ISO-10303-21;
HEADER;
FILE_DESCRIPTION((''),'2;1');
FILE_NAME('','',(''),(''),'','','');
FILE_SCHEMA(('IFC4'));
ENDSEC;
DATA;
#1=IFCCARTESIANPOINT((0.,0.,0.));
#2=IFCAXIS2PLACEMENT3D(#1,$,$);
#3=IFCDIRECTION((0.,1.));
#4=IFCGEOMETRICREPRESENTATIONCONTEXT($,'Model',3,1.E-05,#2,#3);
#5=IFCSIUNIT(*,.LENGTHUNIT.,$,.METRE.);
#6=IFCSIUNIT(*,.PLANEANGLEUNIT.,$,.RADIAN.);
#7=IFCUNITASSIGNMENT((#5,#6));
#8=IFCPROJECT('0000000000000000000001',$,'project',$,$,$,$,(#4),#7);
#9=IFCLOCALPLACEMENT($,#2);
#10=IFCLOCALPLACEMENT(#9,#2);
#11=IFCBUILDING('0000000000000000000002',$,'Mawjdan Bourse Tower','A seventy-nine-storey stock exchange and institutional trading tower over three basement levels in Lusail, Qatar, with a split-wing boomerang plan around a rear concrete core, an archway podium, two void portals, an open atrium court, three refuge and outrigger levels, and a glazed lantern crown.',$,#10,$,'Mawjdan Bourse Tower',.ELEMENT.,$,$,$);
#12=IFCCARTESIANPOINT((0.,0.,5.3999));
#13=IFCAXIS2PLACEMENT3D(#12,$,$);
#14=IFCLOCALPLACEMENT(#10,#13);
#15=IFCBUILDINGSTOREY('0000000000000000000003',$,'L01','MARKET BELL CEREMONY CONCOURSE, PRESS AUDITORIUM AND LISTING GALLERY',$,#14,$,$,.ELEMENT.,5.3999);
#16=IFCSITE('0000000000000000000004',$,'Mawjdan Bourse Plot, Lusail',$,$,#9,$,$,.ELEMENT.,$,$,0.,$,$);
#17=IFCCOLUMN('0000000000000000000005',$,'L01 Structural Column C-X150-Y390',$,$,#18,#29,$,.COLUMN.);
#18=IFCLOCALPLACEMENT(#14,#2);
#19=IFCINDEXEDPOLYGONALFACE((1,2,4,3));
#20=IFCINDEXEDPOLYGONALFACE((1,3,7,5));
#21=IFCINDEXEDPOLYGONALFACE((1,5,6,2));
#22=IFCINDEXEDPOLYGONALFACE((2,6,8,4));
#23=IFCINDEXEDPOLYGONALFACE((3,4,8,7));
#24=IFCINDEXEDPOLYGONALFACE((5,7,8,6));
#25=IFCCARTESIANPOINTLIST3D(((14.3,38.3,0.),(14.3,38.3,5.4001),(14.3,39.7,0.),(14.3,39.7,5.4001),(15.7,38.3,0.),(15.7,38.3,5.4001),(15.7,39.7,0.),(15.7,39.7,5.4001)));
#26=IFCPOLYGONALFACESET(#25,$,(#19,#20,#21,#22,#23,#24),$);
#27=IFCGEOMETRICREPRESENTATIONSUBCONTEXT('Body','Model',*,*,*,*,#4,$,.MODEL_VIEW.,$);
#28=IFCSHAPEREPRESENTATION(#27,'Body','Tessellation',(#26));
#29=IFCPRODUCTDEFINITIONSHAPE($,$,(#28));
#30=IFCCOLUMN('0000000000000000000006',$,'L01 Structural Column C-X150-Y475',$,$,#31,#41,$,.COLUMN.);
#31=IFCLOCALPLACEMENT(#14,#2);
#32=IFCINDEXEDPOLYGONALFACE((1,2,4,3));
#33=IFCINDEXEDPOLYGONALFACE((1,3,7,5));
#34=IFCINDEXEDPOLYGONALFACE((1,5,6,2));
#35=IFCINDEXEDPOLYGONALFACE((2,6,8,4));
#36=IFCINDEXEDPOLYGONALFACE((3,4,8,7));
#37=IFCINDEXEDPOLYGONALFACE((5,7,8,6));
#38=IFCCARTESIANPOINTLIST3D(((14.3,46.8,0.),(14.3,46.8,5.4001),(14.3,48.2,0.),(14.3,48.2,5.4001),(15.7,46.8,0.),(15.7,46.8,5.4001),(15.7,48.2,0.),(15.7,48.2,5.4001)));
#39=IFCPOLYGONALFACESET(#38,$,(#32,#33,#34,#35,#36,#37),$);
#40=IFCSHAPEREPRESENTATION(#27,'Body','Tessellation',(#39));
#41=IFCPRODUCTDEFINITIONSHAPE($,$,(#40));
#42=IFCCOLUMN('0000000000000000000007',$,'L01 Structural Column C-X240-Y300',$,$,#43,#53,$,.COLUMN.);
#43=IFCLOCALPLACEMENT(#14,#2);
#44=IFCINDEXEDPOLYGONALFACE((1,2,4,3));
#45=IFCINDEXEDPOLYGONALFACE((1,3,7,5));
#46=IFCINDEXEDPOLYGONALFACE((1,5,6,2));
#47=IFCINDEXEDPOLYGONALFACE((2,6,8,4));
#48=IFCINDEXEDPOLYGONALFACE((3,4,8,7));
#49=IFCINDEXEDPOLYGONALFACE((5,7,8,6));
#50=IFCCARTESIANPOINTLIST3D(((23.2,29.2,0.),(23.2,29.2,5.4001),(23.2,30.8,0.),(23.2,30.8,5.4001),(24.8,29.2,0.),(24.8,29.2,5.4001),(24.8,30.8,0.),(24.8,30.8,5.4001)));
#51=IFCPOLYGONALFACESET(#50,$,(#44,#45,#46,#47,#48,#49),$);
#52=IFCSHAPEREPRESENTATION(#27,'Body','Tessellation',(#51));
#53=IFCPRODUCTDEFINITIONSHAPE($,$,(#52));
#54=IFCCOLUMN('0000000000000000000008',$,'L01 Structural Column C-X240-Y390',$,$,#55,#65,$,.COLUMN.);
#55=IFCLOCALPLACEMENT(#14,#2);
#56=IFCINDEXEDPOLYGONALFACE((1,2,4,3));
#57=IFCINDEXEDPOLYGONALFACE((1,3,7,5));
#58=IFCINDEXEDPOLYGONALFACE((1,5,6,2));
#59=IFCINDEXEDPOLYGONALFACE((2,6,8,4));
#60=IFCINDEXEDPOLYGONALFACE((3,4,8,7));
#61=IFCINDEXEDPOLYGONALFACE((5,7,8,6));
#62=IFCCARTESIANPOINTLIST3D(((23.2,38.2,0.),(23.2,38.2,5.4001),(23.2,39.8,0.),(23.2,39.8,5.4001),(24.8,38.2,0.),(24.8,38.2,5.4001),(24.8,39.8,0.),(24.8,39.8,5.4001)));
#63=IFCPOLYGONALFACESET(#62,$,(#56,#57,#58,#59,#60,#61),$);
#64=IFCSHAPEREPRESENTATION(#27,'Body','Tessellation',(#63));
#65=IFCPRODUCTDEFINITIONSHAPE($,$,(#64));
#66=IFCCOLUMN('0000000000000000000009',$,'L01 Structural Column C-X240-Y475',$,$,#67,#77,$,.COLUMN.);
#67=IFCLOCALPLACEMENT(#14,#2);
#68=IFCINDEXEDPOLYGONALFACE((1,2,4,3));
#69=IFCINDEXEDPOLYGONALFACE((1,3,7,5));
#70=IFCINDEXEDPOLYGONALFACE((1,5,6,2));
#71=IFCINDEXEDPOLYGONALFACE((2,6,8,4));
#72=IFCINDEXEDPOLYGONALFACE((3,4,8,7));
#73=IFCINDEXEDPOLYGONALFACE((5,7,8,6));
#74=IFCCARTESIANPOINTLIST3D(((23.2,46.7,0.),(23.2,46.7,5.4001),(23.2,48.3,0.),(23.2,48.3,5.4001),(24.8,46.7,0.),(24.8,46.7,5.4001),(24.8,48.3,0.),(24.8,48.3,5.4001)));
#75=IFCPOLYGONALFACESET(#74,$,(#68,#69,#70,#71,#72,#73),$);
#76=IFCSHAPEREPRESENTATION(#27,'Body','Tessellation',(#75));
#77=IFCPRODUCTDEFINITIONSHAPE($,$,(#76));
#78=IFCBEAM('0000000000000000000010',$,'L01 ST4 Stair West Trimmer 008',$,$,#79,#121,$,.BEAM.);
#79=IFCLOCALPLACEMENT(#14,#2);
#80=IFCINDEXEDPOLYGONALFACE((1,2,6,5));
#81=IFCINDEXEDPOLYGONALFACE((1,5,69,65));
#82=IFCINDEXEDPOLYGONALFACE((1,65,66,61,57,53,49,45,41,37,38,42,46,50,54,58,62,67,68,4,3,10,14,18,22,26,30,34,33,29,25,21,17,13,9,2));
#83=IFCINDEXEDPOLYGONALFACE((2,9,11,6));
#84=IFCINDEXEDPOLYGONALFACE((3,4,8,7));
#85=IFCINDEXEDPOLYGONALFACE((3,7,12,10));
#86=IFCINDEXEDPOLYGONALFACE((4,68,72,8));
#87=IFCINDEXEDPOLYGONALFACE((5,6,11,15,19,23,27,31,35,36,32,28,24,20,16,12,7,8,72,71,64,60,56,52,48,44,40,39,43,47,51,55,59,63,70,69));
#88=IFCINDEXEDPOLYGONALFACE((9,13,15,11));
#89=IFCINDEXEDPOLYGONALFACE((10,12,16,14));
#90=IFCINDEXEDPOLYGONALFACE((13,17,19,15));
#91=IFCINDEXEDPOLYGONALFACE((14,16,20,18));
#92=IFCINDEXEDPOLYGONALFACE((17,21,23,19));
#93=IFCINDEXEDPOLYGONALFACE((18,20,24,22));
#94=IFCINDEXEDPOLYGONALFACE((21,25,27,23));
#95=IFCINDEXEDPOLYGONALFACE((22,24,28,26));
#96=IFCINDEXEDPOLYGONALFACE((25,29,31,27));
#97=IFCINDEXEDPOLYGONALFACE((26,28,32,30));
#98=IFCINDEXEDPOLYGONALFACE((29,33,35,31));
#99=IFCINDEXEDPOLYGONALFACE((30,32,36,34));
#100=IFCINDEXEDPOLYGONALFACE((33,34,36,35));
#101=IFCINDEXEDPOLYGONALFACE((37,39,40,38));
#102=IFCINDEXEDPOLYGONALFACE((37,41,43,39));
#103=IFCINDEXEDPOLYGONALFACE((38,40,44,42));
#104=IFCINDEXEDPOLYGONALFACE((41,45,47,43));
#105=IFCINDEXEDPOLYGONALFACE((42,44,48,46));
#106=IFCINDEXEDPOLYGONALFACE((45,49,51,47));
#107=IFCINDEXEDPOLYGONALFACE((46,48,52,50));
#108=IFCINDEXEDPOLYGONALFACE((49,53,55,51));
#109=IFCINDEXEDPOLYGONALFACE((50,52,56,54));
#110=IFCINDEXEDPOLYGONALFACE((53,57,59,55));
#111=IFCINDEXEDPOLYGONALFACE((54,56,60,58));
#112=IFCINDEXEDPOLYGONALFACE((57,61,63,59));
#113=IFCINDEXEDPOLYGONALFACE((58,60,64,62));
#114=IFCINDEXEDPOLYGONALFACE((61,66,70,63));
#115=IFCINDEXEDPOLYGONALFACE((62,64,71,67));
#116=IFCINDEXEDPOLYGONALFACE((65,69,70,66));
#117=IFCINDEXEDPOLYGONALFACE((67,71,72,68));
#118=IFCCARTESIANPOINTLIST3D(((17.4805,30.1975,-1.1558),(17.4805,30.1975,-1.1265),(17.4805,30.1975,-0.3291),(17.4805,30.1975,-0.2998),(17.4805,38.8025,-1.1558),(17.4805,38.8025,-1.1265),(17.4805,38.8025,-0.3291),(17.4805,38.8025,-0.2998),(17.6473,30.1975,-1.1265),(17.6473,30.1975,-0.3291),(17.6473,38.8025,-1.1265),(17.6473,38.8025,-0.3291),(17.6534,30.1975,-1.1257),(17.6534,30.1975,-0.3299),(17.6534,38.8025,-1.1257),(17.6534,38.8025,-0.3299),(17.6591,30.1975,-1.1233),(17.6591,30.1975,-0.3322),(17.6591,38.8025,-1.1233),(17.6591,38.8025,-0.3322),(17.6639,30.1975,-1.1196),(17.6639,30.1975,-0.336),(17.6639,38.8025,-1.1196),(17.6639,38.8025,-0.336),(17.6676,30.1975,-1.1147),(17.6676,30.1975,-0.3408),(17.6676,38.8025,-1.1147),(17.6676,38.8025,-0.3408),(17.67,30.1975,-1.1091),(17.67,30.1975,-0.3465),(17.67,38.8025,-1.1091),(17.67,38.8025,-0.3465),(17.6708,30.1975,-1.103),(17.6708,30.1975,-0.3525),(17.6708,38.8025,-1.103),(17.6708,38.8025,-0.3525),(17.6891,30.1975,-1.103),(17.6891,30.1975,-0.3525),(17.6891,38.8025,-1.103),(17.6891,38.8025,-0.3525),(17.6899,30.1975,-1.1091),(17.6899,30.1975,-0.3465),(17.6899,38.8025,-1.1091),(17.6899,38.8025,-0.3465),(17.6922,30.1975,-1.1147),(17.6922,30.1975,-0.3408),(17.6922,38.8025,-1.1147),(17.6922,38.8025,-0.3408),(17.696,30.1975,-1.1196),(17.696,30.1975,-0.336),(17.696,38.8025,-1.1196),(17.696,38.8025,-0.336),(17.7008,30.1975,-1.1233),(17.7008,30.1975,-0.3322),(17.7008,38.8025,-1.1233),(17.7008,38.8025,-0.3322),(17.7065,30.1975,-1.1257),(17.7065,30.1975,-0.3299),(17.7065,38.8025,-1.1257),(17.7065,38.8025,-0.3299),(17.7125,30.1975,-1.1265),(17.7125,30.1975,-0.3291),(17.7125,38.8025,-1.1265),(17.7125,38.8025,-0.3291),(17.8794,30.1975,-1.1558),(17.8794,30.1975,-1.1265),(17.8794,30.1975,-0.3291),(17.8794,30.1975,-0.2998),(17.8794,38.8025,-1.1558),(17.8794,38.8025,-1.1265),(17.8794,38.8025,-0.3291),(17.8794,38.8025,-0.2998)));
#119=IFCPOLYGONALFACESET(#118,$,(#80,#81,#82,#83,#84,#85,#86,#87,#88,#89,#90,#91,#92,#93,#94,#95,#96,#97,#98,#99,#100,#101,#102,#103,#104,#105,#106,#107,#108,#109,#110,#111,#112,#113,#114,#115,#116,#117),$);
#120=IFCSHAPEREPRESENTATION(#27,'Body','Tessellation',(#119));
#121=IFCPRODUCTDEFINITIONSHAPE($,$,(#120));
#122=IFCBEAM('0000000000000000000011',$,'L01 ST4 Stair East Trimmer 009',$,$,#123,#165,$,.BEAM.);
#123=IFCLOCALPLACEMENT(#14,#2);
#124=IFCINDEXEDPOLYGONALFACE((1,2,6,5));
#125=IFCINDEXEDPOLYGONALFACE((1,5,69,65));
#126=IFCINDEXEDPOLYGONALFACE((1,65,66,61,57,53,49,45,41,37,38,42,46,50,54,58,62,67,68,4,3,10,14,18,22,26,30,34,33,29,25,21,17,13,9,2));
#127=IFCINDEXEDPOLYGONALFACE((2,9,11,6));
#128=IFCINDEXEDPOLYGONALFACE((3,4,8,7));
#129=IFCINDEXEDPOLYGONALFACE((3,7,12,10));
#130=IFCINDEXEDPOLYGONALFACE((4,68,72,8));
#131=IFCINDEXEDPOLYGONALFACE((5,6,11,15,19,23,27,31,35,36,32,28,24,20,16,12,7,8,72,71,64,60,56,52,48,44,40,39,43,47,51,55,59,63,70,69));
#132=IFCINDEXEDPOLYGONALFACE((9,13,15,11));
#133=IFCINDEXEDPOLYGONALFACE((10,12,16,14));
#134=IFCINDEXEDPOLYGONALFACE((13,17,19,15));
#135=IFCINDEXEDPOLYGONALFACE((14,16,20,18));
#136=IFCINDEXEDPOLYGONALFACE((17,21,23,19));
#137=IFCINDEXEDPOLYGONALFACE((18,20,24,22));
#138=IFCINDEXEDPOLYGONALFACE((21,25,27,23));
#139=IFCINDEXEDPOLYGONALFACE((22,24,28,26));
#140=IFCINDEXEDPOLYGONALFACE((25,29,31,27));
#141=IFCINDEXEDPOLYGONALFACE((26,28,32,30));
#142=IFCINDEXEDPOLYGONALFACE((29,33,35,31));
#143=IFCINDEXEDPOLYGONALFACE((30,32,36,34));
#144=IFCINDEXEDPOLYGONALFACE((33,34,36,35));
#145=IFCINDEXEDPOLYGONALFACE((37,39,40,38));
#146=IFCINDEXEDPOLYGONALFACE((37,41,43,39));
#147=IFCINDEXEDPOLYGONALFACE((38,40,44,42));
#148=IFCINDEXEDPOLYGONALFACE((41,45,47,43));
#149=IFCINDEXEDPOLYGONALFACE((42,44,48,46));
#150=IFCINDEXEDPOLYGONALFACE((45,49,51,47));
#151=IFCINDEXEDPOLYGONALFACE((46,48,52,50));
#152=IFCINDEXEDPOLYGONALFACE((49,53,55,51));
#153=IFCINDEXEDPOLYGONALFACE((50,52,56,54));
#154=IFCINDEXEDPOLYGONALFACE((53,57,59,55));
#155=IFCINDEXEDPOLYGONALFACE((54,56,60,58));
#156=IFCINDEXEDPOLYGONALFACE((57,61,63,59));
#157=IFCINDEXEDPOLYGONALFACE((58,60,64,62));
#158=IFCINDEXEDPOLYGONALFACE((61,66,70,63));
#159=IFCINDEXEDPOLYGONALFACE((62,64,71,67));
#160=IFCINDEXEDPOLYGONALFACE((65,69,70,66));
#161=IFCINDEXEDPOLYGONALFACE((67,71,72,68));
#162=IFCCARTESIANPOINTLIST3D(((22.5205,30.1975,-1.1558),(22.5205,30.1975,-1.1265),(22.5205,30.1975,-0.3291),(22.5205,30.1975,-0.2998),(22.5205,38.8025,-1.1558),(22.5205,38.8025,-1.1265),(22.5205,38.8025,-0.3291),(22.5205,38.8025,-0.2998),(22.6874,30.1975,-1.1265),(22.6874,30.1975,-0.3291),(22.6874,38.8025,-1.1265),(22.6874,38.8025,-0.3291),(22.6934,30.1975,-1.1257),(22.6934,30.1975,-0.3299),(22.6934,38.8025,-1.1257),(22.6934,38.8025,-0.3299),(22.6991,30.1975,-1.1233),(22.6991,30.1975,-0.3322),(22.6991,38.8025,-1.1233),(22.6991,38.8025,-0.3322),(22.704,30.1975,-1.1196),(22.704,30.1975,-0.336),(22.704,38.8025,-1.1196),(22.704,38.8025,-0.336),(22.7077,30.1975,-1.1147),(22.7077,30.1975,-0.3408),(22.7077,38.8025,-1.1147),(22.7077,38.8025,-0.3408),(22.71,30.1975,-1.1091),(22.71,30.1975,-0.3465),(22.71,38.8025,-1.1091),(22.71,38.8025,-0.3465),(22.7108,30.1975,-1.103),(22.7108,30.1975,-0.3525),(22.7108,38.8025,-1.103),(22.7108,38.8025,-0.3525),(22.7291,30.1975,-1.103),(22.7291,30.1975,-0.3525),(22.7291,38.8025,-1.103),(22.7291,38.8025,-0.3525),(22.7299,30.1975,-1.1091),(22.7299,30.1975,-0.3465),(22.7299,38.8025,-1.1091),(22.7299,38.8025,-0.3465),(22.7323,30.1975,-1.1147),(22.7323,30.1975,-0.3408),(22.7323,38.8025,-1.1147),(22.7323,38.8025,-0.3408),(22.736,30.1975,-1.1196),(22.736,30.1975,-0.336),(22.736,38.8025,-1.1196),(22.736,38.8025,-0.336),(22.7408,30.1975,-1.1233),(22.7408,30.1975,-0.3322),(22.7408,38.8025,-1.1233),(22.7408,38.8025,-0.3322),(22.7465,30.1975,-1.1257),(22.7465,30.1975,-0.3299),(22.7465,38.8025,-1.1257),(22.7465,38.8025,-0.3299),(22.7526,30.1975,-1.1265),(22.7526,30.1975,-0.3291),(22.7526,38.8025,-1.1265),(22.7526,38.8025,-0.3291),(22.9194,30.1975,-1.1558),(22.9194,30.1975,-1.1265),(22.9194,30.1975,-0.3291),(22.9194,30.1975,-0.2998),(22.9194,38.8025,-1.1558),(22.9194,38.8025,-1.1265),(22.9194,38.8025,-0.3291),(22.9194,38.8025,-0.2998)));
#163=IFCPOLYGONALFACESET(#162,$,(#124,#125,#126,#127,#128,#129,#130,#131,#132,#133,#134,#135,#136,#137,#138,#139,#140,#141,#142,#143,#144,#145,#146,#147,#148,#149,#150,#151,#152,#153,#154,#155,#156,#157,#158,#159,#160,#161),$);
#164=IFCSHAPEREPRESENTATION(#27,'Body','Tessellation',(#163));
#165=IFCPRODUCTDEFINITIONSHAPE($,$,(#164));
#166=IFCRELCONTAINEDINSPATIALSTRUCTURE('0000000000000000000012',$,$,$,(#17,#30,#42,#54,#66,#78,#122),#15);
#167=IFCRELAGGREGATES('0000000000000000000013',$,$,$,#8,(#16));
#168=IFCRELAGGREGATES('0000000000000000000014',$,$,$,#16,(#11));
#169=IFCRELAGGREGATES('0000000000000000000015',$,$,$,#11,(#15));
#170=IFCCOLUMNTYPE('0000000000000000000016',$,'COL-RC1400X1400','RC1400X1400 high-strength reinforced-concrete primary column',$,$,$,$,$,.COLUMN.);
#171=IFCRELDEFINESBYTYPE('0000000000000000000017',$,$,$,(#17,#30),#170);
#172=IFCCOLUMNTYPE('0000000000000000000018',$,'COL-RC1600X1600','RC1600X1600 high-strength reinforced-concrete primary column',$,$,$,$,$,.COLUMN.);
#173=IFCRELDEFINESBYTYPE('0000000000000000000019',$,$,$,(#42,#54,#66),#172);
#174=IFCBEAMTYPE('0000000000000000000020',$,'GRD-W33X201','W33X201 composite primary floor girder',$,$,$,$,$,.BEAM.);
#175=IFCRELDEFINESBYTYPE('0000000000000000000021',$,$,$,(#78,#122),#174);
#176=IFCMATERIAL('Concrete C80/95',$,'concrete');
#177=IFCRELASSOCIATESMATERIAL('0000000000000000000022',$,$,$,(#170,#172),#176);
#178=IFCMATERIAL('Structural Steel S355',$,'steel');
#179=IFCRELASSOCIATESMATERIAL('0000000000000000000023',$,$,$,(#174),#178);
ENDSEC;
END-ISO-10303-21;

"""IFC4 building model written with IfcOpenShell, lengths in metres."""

from ifc_helpers import new_model, si_unit, direction, frame, origin, origin_2d, place, context, subcontext, project, spatial, rectangle, i_section, extrude, material, material_profile, profile_set, type_object, element, save


model = new_model("IFC4")

# Units and contexts
model_context = context("Model", 3, precision=1e-05, world=origin(), true_north=direction((0.0, 1.0)))
body_context = subcontext(model_context, "Body", "Model", "MODEL_VIEW")
ifc_project = project(units=[si_unit("LENGTHUNIT", "METRE"), si_unit("PLANEANGLEUNIT", "RADIAN")], contexts=[model_context])

# Site, building, storey
site_placement = place(None, origin())
site = spatial("IfcSite", under=ifc_project, at=site_placement, Name="Mawjdan Bourse Plot, Lusail", CompositionType="ELEMENT", RefElevation=0.0)
building_placement = place(site_placement, origin())
building = spatial("IfcBuilding", under=site, at=building_placement, Name="Mawjdan Bourse Tower", Description="A seventy-nine-storey stock exchange and institutional trading tower over three basement levels in Lusail, Qatar, with a split-wing boomerang plan around a rear concrete core, an archway podium, two void portals, an open atrium court, three refuge and outrigger levels, and a glazed lantern crown.", LongName="Mawjdan Bourse Tower", CompositionType="ELEMENT")
storey_placement = place(building_placement, frame((0.0, 0.0, 5.3999)))
storey = spatial("IfcBuildingStorey", under=building, at=storey_placement, Name="L01", Description="MARKET BELL CEREMONY CONCOURSE, PRESS AUDITORIUM AND LISTING GALLERY", CompositionType="ELEMENT", Elevation=5.3999)

# Columns
ifc_material_1 = material(Name="Concrete C80/95", Category="concrete")
ifc_material_profile_1 = material_profile(ifc_material_1, rectangle(XDim=1.3999, YDim=1.3999, at=origin_2d()), Name="RC1400X1400")
ifc_profile_set_1 = profile_set([ifc_material_profile_1], Name="Concrete C80/95")
column_type_1 = type_object("IfcColumnType", Name="COL-RC1400X1400", Description="RC1400X1400 high-strength reinforced-concrete primary column", PredefinedType="COLUMN", material=ifc_profile_set_1)
for number, where, z_axis, x_axis, name in (
    (1, (15.0, 39.0, 0.0), (0.0, 0.0, 1.0), (1.0, 0.0, 0.0), "L01 Structural Column C-X150-Y390"),
    (2, (15.0, 47.5, 0.0), (0.0, 0.0, 1.0), (1.0, 0.0, 0.0), "L01 Structural Column C-X150-Y475"),
):
    element("IfcColumn", number, at=place(storey_placement, frame(where, z_axis=z_axis, x_axis=x_axis)), inside=storey, type_object=column_type_1, Name=name, PredefinedType="COLUMN", context=body_context, shape_type="SweptSolid", body=[
        extrude(rectangle(XDim=1.3999, YDim=1.3999, at=origin_2d()), origin(), (0.0, 0.0, 1.0), 5.4001),
    ])
ifc_material_profile_2 = material_profile(ifc_material_1, rectangle(XDim=1.6001, YDim=1.6001, at=origin_2d()), Name="RC1600X1600")
ifc_profile_set_2 = profile_set([ifc_material_profile_2], Name="Concrete C80/95")
column_type_2 = type_object("IfcColumnType", Name="COL-RC1600X1600", Description="RC1600X1600 high-strength reinforced-concrete primary column", PredefinedType="COLUMN", material=ifc_profile_set_2)
for number, where, z_axis, x_axis, name in (
    (3, (24.0, 30.0, 0.0), (0.0, 0.0, 1.0), (1.0, 0.0, 0.0), "L01 Structural Column C-X240-Y300"),
    (4, (24.0, 39.0, 0.0), (0.0, 0.0, 1.0), (1.0, 0.0, 0.0), "L01 Structural Column C-X240-Y390"),
    (5, (24.0, 47.5, 0.0), (0.0, 0.0, 1.0), (1.0, 0.0, 0.0), "L01 Structural Column C-X240-Y475"),
):
    element("IfcColumn", number, at=place(storey_placement, frame(where, z_axis=z_axis, x_axis=x_axis)), inside=storey, type_object=column_type_2, Name=name, PredefinedType="COLUMN", context=body_context, shape_type="SweptSolid", body=[
        extrude(rectangle(XDim=1.6001, YDim=1.6001, at=origin_2d()), origin(), (0.0, 0.0, 1.0), 5.4001),
    ])

# Beams
ifc_material_2 = material(Name="Structural Steel S355", Category="steel")
ifc_material_profile_3 = material_profile(ifc_material_2, i_section(OverallWidth=0.3989, OverallDepth=0.856, WebThickness=0.0183, FlangeThickness=0.0293, FilletRadius=0.0234, at=origin_2d()), Name="W33X201")
ifc_profile_set_3 = profile_set([ifc_material_profile_3], Name="Structural Steel S355")
beam_type_1 = type_object("IfcBeamType", Name="GRD-W33X201", Description="W33X201 composite primary floor girder", PredefinedType="BEAM", material=ifc_profile_set_3)
for number, where, z_axis, x_axis, name in (
    (6, (17.6799, 30.1975, -0.7278), (0.0, 1.0, 0.0), (-1.0, 0.0, 0.0), "L01 ST4 Stair West Trimmer 008"),
    (7, (22.72, 30.1975, -0.7278), (0.0, 1.0, 0.0), (-1.0, 0.0, 0.0), "L01 ST4 Stair East Trimmer 009"),
):
    element("IfcBeam", number, at=place(storey_placement, frame(where, z_axis=z_axis, x_axis=x_axis)), inside=storey, type_object=beam_type_1, Name=name, PredefinedType="BEAM", context=body_context, shape_type="SweptSolid", body=[
        extrude(i_section(OverallWidth=0.3989, OverallDepth=0.856, WebThickness=0.0183, FlangeThickness=0.0293, FilletRadius=0.0234, at=origin_2d()), origin(), (0.0, 0.0, 1.0), 8.605),
    ])

save(model, "model.ifc")
